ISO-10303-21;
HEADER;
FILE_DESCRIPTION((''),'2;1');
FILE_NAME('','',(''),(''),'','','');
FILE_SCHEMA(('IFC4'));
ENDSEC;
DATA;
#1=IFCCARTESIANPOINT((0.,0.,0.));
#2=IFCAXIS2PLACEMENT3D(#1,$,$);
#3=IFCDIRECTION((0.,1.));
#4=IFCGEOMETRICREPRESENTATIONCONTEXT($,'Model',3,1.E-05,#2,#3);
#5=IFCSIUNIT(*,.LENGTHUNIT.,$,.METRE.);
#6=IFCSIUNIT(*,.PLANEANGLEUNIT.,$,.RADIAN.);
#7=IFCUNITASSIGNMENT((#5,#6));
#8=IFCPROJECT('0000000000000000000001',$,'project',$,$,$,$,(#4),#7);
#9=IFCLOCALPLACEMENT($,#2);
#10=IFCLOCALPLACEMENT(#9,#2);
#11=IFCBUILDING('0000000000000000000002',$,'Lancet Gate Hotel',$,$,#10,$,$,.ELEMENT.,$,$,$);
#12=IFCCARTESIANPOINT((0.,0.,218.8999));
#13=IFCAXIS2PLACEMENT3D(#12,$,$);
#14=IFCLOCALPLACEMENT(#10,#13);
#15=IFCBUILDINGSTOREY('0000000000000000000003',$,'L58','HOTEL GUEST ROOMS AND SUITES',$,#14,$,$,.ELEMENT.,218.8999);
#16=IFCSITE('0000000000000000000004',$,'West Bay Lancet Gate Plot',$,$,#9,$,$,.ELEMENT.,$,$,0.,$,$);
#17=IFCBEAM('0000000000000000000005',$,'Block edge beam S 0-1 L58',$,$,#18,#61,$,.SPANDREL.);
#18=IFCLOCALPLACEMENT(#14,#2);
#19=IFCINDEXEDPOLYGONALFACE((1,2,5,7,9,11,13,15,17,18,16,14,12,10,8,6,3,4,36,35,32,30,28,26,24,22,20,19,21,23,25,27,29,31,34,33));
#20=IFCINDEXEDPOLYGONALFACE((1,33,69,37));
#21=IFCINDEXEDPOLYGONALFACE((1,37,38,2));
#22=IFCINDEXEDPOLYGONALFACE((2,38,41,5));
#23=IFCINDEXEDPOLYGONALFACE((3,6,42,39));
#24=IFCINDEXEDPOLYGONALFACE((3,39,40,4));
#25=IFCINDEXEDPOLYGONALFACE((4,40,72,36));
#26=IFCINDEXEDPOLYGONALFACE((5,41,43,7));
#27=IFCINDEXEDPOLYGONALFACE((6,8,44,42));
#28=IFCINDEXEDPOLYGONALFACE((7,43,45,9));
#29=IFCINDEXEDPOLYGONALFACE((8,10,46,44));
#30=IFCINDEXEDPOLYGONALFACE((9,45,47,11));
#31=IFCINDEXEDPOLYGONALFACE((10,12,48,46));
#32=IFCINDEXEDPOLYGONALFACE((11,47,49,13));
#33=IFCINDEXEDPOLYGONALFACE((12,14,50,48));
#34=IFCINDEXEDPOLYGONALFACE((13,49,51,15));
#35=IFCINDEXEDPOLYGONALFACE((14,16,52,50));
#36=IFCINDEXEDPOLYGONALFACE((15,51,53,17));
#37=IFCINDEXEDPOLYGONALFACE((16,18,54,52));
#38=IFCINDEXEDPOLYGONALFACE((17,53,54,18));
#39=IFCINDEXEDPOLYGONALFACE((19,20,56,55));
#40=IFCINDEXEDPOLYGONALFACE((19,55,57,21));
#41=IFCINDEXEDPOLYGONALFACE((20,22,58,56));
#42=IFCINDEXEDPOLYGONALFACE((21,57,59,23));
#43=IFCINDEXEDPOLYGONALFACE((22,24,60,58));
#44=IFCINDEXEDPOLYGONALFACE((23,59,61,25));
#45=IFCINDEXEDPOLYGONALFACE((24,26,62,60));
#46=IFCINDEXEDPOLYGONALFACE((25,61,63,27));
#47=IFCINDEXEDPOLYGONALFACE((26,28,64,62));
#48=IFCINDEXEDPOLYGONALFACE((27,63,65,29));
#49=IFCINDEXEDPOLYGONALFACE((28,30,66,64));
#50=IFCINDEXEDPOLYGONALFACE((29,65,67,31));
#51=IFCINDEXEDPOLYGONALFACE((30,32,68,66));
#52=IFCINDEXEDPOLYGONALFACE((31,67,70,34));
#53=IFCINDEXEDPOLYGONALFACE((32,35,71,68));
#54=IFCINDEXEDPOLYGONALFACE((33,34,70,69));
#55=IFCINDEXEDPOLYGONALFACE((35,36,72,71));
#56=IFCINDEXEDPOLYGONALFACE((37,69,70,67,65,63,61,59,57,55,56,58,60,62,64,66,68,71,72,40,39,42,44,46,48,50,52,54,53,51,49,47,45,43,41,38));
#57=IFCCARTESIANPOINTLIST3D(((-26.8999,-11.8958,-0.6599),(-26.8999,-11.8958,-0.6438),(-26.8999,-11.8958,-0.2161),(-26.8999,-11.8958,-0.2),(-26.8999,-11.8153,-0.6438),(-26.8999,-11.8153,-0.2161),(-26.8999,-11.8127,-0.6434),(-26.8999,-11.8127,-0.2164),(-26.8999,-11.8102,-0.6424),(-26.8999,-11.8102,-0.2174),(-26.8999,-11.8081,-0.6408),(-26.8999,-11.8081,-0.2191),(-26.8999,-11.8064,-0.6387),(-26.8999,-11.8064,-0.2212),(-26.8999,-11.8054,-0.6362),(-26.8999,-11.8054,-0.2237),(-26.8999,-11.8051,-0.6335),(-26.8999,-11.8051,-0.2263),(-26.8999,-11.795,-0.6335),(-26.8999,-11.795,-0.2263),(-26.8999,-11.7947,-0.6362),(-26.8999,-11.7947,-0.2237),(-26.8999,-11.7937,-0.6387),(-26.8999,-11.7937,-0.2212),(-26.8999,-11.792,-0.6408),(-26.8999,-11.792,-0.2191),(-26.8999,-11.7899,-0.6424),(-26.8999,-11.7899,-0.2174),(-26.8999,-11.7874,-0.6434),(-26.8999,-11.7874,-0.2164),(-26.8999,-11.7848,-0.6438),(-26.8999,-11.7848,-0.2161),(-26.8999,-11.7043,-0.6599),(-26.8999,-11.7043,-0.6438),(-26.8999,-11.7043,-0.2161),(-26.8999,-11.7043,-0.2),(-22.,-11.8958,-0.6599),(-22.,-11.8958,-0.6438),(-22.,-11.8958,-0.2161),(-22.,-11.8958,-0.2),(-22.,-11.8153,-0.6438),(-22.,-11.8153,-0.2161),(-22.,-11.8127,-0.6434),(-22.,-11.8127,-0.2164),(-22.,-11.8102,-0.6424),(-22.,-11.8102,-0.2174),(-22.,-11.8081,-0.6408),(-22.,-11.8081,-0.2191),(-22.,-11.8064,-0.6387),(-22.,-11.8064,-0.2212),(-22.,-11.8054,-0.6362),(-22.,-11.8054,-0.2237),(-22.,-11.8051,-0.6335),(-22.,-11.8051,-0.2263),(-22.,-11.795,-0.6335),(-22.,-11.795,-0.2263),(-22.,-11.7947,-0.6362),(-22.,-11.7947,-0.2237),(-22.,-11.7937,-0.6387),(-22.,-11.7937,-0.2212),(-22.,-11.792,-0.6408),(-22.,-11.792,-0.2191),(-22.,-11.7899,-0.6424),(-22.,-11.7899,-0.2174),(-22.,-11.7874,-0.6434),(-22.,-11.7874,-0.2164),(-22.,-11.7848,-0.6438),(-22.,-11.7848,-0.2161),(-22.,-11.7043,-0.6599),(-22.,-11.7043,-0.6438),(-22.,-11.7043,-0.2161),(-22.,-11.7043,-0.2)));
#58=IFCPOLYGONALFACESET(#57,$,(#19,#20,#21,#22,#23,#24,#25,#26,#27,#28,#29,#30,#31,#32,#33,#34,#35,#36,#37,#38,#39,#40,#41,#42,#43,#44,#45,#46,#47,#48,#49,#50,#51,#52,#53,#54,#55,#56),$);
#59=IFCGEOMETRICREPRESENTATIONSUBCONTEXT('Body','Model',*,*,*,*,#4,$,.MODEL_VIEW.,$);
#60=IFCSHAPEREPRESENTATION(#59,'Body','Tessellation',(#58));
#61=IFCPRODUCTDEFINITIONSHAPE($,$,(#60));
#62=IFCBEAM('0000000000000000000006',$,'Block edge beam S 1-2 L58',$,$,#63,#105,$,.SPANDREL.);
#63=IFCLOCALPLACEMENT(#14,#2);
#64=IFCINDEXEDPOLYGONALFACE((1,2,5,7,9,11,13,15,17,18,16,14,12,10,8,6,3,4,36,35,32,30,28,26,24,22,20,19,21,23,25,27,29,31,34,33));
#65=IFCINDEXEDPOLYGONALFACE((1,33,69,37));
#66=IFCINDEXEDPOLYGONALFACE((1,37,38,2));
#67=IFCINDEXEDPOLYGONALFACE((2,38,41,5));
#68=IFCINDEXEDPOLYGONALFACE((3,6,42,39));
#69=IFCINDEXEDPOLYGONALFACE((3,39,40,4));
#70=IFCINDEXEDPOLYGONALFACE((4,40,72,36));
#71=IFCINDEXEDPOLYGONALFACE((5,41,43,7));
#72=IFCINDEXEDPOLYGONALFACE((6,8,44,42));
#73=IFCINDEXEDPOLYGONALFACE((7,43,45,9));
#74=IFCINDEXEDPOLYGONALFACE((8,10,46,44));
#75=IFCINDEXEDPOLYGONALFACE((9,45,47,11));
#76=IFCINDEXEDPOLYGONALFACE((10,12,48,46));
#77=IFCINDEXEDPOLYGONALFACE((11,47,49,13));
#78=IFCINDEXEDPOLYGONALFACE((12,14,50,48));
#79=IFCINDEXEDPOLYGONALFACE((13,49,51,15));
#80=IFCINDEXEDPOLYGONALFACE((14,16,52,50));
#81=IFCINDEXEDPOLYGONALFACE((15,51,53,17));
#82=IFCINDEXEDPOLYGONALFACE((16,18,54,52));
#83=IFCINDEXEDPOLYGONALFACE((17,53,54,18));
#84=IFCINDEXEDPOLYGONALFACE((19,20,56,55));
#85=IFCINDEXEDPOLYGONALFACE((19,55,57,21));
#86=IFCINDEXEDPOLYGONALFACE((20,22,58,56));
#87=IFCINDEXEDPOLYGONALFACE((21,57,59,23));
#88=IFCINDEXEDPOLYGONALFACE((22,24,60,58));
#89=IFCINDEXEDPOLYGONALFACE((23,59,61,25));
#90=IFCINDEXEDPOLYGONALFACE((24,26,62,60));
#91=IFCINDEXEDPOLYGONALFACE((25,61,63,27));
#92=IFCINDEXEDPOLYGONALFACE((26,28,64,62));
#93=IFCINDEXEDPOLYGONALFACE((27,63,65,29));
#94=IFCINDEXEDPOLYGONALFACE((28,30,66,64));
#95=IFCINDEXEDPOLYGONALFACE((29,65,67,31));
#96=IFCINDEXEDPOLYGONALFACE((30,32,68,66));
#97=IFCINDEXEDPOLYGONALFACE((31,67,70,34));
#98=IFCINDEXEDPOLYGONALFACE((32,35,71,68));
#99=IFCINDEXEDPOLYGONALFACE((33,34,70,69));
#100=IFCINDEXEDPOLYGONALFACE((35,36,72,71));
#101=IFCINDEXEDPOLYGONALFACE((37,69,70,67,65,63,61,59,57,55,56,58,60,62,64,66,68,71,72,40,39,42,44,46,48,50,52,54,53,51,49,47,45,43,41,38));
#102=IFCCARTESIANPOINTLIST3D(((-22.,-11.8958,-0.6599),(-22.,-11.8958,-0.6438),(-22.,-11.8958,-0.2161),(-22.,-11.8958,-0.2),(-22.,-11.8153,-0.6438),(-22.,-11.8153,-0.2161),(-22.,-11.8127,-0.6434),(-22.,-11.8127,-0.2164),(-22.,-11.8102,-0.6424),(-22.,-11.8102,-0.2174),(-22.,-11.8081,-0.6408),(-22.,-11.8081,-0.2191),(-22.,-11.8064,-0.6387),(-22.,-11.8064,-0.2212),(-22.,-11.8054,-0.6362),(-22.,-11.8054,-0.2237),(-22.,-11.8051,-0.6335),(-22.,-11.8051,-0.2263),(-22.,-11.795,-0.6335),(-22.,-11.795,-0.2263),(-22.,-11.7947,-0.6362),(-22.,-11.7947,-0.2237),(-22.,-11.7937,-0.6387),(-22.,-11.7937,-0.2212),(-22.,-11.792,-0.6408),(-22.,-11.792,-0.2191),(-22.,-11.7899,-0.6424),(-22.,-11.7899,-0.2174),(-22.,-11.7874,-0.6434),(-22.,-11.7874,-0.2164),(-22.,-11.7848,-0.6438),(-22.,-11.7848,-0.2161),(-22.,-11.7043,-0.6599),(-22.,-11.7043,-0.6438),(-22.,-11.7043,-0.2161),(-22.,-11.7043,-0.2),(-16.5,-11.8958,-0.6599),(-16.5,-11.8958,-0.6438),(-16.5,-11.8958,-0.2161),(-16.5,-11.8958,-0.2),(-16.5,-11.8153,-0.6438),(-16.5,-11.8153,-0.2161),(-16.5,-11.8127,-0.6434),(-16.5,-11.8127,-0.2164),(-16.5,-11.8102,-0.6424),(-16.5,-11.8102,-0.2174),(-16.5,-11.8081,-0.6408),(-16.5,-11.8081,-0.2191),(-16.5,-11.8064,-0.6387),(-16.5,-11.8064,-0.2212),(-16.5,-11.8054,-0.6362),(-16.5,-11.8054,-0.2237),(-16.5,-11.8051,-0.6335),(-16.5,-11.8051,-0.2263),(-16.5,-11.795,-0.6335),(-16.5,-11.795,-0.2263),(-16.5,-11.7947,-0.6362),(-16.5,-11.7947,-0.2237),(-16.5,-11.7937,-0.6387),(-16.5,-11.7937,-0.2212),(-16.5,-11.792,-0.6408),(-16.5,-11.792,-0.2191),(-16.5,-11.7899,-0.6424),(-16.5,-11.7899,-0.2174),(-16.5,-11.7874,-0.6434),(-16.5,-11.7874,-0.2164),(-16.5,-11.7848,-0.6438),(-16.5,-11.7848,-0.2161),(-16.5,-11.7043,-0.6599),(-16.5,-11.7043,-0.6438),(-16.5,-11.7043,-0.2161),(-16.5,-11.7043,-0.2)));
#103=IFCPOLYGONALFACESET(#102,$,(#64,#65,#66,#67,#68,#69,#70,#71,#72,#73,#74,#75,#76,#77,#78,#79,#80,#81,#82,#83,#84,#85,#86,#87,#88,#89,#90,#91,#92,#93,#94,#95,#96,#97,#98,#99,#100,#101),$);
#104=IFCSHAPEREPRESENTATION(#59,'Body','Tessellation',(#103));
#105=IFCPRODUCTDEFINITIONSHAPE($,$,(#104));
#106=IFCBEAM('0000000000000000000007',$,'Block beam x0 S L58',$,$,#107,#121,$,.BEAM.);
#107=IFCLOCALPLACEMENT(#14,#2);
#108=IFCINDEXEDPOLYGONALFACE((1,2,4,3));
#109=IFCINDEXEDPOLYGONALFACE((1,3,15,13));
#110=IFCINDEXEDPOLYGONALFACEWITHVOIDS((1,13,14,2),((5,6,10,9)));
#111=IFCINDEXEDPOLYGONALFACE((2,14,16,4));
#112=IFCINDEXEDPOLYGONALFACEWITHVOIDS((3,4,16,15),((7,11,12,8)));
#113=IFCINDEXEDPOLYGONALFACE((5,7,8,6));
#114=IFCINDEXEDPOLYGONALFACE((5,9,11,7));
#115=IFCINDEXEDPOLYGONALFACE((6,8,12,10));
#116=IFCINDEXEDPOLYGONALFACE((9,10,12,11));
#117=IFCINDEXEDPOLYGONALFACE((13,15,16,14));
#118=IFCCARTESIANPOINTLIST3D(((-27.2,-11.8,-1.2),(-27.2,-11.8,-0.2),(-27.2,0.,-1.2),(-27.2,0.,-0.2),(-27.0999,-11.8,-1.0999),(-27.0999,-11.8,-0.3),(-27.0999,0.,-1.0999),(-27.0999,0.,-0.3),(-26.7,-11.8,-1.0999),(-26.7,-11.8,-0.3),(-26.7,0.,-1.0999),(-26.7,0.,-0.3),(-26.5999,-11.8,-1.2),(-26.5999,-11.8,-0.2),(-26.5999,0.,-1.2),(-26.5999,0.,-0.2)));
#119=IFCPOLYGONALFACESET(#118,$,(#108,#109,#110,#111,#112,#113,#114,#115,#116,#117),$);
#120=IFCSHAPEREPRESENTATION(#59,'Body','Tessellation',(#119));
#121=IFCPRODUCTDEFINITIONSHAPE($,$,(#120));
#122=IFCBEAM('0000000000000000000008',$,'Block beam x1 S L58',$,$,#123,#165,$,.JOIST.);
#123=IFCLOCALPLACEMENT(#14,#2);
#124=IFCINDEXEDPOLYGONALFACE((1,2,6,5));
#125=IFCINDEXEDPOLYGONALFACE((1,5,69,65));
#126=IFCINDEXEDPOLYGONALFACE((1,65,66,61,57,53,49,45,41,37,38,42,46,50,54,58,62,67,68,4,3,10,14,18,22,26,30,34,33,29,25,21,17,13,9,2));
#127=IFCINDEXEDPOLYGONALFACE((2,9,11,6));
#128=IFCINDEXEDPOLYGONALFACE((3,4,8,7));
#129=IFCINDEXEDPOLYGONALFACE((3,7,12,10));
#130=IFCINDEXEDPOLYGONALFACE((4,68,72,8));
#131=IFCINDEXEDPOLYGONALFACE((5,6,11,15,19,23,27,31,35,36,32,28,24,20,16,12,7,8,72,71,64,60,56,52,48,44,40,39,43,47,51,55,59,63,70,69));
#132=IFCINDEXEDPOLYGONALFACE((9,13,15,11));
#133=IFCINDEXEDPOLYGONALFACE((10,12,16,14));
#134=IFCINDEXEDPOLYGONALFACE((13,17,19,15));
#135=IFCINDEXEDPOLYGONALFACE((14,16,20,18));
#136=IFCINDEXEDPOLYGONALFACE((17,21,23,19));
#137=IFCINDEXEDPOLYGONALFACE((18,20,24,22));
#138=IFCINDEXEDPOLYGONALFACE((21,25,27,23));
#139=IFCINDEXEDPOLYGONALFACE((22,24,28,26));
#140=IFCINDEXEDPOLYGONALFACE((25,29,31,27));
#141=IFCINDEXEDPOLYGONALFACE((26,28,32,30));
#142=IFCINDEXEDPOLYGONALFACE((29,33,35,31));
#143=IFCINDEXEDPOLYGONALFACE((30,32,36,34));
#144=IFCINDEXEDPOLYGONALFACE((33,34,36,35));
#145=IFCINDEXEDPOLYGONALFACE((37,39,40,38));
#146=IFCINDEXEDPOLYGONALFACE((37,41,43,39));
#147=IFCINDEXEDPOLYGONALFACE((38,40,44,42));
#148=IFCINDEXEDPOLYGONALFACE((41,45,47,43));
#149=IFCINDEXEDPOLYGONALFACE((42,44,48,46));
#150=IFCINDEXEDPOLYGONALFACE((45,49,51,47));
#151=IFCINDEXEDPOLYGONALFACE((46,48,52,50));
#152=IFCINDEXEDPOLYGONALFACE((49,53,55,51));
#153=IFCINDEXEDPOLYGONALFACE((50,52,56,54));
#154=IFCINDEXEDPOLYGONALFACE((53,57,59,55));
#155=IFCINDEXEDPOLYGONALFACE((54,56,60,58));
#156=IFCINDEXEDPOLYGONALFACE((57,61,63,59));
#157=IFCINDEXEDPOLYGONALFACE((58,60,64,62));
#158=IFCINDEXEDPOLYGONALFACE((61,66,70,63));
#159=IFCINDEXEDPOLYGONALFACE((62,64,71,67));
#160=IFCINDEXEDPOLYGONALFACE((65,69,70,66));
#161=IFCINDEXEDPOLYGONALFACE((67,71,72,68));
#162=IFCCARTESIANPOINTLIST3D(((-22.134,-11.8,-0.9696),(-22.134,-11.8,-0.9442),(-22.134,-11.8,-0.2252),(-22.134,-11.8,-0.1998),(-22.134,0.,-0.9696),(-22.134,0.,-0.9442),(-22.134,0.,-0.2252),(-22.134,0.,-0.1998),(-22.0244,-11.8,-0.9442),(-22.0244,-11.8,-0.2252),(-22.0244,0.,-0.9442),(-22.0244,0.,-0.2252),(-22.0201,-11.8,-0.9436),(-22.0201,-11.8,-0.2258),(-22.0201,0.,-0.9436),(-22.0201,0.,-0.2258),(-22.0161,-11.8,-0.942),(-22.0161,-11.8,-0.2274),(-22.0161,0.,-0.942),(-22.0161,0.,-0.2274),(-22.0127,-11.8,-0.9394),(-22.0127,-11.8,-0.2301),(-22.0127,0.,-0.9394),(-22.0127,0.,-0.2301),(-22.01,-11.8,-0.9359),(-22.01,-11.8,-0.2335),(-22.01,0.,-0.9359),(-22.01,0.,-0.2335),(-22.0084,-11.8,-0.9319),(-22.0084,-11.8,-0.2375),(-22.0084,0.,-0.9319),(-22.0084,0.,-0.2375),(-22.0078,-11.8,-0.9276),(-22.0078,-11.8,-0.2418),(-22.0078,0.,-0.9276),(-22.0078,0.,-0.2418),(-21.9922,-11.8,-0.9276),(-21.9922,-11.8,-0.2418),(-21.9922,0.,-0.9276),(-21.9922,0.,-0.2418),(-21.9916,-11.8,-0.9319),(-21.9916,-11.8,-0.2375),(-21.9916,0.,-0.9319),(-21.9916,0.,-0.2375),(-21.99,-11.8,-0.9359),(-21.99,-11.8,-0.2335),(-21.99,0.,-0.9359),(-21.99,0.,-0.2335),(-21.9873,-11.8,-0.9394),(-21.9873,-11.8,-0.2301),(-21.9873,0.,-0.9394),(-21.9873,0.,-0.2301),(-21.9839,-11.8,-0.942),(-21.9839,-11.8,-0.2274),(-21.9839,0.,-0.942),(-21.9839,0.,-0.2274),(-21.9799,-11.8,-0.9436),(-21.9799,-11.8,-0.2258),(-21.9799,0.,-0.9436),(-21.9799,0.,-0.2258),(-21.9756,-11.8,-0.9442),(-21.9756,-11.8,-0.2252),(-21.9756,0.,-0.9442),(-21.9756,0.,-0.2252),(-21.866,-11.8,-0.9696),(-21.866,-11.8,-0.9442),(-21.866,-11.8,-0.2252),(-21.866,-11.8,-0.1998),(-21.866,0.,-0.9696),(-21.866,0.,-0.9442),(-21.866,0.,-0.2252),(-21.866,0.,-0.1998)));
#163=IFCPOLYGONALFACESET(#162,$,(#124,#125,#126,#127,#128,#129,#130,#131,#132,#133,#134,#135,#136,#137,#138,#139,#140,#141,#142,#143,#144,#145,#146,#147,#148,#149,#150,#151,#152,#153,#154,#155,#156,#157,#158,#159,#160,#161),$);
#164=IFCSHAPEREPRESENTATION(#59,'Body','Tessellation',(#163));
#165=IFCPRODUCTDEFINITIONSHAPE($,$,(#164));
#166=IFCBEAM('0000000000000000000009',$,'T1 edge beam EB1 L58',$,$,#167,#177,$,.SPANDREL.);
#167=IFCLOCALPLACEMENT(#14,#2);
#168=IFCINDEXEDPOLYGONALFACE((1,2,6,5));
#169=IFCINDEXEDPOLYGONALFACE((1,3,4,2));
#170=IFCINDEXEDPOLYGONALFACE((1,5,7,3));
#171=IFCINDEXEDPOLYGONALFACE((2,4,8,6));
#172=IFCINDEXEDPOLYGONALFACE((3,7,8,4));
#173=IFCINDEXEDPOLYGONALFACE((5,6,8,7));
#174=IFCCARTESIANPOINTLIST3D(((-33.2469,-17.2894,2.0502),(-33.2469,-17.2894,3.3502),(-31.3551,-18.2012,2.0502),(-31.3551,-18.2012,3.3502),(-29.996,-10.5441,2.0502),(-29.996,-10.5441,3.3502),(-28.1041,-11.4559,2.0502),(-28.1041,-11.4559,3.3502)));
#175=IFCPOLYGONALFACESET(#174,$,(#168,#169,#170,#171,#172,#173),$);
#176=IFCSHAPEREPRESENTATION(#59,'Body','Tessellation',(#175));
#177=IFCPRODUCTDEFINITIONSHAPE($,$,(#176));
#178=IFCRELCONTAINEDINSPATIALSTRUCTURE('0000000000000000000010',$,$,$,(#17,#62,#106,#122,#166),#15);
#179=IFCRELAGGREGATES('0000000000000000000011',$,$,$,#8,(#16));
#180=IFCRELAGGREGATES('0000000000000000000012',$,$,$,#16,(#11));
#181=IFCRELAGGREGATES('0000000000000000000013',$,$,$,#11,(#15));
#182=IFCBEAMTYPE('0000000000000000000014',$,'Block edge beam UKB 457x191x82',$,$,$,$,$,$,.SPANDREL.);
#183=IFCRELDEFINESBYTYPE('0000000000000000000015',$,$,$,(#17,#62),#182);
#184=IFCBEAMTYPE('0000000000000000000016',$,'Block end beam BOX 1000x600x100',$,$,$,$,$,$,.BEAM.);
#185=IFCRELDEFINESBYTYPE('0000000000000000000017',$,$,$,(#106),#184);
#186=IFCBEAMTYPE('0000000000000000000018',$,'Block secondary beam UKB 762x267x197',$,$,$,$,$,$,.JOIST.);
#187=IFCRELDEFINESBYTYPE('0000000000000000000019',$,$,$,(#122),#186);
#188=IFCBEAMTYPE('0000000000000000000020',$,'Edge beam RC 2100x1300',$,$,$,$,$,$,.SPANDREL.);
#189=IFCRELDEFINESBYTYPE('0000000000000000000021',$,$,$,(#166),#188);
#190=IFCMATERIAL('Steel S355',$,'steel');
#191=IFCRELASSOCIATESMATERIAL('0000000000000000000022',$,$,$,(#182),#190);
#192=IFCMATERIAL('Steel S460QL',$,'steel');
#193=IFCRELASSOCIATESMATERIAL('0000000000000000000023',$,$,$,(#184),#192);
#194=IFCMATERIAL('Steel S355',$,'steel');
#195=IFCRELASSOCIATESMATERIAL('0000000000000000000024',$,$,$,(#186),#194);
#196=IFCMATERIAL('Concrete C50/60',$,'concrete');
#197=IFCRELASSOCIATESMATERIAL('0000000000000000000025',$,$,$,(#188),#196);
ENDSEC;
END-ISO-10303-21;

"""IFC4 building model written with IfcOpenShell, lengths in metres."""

from ifc_helpers import new_model, si_unit, direction, frame, origin, origin_2d, place, context, subcontext, project, spatial, rectangle, hollow_rectangle, i_section, extrude, material, material_profile, profile_set, type_object, element, save


model = new_model("IFC4")

# Units and contexts
model_context = context("Model", 3, precision=1e-05, world=origin(), true_north=direction((0.0, 1.0)))
body_context = subcontext(model_context, "Body", "Model", "MODEL_VIEW")
ifc_project = project(units=[si_unit("LENGTHUNIT", "METRE"), si_unit("PLANEANGLEUNIT", "RADIAN")], contexts=[model_context])

# Site, building, storey
site_placement = place(None, origin())
site = spatial("IfcSite", under=ifc_project, at=site_placement, Name="West Bay Lancet Gate Plot", CompositionType="ELEMENT", RefElevation=0.0)
building_placement = place(site_placement, origin())
building = spatial("IfcBuilding", under=site, at=building_placement, Name="Lancet Gate Hotel", CompositionType="ELEMENT")
storey_placement = place(building_placement, frame((0.0, 0.0, 218.8999)))
storey = spatial("IfcBuildingStorey", under=building, at=storey_placement, Name="L58", Description="HOTEL GUEST ROOMS AND SUITES", CompositionType="ELEMENT", Elevation=218.8999)

# Beams
ifc_material_1 = material(Name="Steel S355", Category="steel")
ifc_material_profile_1 = material_profile(ifc_material_1, i_section(OverallWidth=0.1914, OverallDepth=0.46, WebThickness=0.01, FlangeThickness=0.0161, FilletRadius=0.0103, at=origin_2d()), Name="UKB 457x191x82")
ifc_profile_set_1 = profile_set([ifc_material_profile_1], Name="Steel S355")
beam_type_1 = type_object("IfcBeamType", Name="Block edge beam UKB 457x191x82", PredefinedType="SPANDREL", material=ifc_profile_set_1)
beam_1_placement = place(storey_placement, frame((-26.8999, -11.8, -0.4299), z_axis=(1.0, 0.0, 0.0), x_axis=(0.0, 1.0, 0.0)))
element("IfcBeam", 1, at=beam_1_placement, inside=storey, type_object=beam_type_1, Name="Block edge beam S 0-1 L58", PredefinedType="SPANDREL", context=body_context, shape_type="SweptSolid", body=[
    extrude(i_section(OverallWidth=0.1914, OverallDepth=0.46, WebThickness=0.01, FlangeThickness=0.0161, FilletRadius=0.0103, at=origin_2d()), origin(), (0.0, 0.0, 1.0), 4.8999),
])
beam_2_placement = place(storey_placement, frame((-22.0, -11.8, -0.4299), z_axis=(1.0, 0.0, 0.0), x_axis=(0.0, 1.0, 0.0)))
element("IfcBeam", 2, at=beam_2_placement, inside=storey, type_object=beam_type_1, Name="Block edge beam S 1-2 L58", PredefinedType="SPANDREL", context=body_context, shape_type="SweptSolid", body=[
    extrude(i_section(OverallWidth=0.1914, OverallDepth=0.46, WebThickness=0.01, FlangeThickness=0.0161, FilletRadius=0.0103, at=origin_2d()), origin(), (0.0, 0.0, 1.0), 5.5),
])
ifc_material_2 = material(Name="Steel S460QL", Category="steel")
ifc_material_profile_2 = material_profile(ifc_material_2, hollow_rectangle(XDim=0.6001, YDim=1.0, WallThickness=0.1001, at=origin_2d()), Name="BOX 1000x600x100")
ifc_profile_set_2 = profile_set([ifc_material_profile_2], Name="Steel S460QL")
beam_type_2 = type_object("IfcBeamType", Name="Block end beam BOX 1000x600x100", PredefinedType="BEAM", material=ifc_profile_set_2)
beam_3_placement = place(storey_placement, frame((-26.8999, -11.8, -0.7), z_axis=(0.0, 1.0, 0.0), x_axis=(-1.0, 0.0, 0.0)))
element("IfcBeam", 3, at=beam_3_placement, inside=storey, type_object=beam_type_2, Name="Block beam x0 S L58", PredefinedType="BEAM", context=body_context, shape_type="SweptSolid", body=[
    extrude(hollow_rectangle(XDim=0.6001, YDim=1.0, WallThickness=0.1001, at=origin_2d()), origin(), (0.0, 0.0, 1.0), 11.8),
])
ifc_material_3 = material(Name="Steel S355", Category="steel")
ifc_material_profile_3 = material_profile(ifc_material_3, i_section(OverallWidth=0.2681, OverallDepth=0.7698, WebThickness=0.0156, FlangeThickness=0.0254, FilletRadius=0.0166, at=origin_2d()), Name="UKB 762x267x197")
ifc_profile_set_3 = profile_set([ifc_material_profile_3], Name="Steel S355")
beam_type_3 = type_object("IfcBeamType", Name="Block secondary beam UKB 762x267x197", PredefinedType="JOIST", material=ifc_profile_set_3)
beam_4_placement = place(storey_placement, frame((-22.0, -11.8, -0.5847), z_axis=(0.0, 1.0, 0.0), x_axis=(-1.0, 0.0, 0.0)))
element("IfcBeam", 4, at=beam_4_placement, inside=storey, type_object=beam_type_3, Name="Block beam x1 S L58", PredefinedType="JOIST", context=body_context, shape_type="SweptSolid", body=[
    extrude(i_section(OverallWidth=0.2681, OverallDepth=0.7698, WebThickness=0.0156, FlangeThickness=0.0254, FilletRadius=0.0166, at=origin_2d()), origin(), (0.0, 0.0, 1.0), 11.8),
])
ifc_material_4 = material(Name="Concrete C50/60", Category="concrete")
ifc_material_profile_4 = material_profile(ifc_material_4, rectangle(XDim=2.1001, YDim=1.3, at=origin_2d()), Name="RC 2100x1300")
ifc_profile_set_4 = profile_set([ifc_material_profile_4], Name="Concrete C50/60")
beam_type_4 = type_object("IfcBeamType", Name="Edge beam RC 2100x1300", PredefinedType="SPANDREL", material=ifc_profile_set_4)
beam_5_placement = place(storey_placement, frame((-29.05, -11.0, 2.7002), z_axis=(-0.434164, -0.900834, 0.0), x_axis=(0.900834, -0.434164, 0.0)))
element("IfcBeam", 5, at=beam_5_placement, inside=storey, type_object=beam_type_4, Name="T1 edge beam EB1 L58", PredefinedType="SPANDREL", context=body_context, shape_type="SweptSolid", body=[
    extrude(rectangle(XDim=2.1001, YDim=1.3, at=origin_2d()), origin(), (0.0, 0.0, 1.0), 7.4878),
])

save(model, "model.ifc")
